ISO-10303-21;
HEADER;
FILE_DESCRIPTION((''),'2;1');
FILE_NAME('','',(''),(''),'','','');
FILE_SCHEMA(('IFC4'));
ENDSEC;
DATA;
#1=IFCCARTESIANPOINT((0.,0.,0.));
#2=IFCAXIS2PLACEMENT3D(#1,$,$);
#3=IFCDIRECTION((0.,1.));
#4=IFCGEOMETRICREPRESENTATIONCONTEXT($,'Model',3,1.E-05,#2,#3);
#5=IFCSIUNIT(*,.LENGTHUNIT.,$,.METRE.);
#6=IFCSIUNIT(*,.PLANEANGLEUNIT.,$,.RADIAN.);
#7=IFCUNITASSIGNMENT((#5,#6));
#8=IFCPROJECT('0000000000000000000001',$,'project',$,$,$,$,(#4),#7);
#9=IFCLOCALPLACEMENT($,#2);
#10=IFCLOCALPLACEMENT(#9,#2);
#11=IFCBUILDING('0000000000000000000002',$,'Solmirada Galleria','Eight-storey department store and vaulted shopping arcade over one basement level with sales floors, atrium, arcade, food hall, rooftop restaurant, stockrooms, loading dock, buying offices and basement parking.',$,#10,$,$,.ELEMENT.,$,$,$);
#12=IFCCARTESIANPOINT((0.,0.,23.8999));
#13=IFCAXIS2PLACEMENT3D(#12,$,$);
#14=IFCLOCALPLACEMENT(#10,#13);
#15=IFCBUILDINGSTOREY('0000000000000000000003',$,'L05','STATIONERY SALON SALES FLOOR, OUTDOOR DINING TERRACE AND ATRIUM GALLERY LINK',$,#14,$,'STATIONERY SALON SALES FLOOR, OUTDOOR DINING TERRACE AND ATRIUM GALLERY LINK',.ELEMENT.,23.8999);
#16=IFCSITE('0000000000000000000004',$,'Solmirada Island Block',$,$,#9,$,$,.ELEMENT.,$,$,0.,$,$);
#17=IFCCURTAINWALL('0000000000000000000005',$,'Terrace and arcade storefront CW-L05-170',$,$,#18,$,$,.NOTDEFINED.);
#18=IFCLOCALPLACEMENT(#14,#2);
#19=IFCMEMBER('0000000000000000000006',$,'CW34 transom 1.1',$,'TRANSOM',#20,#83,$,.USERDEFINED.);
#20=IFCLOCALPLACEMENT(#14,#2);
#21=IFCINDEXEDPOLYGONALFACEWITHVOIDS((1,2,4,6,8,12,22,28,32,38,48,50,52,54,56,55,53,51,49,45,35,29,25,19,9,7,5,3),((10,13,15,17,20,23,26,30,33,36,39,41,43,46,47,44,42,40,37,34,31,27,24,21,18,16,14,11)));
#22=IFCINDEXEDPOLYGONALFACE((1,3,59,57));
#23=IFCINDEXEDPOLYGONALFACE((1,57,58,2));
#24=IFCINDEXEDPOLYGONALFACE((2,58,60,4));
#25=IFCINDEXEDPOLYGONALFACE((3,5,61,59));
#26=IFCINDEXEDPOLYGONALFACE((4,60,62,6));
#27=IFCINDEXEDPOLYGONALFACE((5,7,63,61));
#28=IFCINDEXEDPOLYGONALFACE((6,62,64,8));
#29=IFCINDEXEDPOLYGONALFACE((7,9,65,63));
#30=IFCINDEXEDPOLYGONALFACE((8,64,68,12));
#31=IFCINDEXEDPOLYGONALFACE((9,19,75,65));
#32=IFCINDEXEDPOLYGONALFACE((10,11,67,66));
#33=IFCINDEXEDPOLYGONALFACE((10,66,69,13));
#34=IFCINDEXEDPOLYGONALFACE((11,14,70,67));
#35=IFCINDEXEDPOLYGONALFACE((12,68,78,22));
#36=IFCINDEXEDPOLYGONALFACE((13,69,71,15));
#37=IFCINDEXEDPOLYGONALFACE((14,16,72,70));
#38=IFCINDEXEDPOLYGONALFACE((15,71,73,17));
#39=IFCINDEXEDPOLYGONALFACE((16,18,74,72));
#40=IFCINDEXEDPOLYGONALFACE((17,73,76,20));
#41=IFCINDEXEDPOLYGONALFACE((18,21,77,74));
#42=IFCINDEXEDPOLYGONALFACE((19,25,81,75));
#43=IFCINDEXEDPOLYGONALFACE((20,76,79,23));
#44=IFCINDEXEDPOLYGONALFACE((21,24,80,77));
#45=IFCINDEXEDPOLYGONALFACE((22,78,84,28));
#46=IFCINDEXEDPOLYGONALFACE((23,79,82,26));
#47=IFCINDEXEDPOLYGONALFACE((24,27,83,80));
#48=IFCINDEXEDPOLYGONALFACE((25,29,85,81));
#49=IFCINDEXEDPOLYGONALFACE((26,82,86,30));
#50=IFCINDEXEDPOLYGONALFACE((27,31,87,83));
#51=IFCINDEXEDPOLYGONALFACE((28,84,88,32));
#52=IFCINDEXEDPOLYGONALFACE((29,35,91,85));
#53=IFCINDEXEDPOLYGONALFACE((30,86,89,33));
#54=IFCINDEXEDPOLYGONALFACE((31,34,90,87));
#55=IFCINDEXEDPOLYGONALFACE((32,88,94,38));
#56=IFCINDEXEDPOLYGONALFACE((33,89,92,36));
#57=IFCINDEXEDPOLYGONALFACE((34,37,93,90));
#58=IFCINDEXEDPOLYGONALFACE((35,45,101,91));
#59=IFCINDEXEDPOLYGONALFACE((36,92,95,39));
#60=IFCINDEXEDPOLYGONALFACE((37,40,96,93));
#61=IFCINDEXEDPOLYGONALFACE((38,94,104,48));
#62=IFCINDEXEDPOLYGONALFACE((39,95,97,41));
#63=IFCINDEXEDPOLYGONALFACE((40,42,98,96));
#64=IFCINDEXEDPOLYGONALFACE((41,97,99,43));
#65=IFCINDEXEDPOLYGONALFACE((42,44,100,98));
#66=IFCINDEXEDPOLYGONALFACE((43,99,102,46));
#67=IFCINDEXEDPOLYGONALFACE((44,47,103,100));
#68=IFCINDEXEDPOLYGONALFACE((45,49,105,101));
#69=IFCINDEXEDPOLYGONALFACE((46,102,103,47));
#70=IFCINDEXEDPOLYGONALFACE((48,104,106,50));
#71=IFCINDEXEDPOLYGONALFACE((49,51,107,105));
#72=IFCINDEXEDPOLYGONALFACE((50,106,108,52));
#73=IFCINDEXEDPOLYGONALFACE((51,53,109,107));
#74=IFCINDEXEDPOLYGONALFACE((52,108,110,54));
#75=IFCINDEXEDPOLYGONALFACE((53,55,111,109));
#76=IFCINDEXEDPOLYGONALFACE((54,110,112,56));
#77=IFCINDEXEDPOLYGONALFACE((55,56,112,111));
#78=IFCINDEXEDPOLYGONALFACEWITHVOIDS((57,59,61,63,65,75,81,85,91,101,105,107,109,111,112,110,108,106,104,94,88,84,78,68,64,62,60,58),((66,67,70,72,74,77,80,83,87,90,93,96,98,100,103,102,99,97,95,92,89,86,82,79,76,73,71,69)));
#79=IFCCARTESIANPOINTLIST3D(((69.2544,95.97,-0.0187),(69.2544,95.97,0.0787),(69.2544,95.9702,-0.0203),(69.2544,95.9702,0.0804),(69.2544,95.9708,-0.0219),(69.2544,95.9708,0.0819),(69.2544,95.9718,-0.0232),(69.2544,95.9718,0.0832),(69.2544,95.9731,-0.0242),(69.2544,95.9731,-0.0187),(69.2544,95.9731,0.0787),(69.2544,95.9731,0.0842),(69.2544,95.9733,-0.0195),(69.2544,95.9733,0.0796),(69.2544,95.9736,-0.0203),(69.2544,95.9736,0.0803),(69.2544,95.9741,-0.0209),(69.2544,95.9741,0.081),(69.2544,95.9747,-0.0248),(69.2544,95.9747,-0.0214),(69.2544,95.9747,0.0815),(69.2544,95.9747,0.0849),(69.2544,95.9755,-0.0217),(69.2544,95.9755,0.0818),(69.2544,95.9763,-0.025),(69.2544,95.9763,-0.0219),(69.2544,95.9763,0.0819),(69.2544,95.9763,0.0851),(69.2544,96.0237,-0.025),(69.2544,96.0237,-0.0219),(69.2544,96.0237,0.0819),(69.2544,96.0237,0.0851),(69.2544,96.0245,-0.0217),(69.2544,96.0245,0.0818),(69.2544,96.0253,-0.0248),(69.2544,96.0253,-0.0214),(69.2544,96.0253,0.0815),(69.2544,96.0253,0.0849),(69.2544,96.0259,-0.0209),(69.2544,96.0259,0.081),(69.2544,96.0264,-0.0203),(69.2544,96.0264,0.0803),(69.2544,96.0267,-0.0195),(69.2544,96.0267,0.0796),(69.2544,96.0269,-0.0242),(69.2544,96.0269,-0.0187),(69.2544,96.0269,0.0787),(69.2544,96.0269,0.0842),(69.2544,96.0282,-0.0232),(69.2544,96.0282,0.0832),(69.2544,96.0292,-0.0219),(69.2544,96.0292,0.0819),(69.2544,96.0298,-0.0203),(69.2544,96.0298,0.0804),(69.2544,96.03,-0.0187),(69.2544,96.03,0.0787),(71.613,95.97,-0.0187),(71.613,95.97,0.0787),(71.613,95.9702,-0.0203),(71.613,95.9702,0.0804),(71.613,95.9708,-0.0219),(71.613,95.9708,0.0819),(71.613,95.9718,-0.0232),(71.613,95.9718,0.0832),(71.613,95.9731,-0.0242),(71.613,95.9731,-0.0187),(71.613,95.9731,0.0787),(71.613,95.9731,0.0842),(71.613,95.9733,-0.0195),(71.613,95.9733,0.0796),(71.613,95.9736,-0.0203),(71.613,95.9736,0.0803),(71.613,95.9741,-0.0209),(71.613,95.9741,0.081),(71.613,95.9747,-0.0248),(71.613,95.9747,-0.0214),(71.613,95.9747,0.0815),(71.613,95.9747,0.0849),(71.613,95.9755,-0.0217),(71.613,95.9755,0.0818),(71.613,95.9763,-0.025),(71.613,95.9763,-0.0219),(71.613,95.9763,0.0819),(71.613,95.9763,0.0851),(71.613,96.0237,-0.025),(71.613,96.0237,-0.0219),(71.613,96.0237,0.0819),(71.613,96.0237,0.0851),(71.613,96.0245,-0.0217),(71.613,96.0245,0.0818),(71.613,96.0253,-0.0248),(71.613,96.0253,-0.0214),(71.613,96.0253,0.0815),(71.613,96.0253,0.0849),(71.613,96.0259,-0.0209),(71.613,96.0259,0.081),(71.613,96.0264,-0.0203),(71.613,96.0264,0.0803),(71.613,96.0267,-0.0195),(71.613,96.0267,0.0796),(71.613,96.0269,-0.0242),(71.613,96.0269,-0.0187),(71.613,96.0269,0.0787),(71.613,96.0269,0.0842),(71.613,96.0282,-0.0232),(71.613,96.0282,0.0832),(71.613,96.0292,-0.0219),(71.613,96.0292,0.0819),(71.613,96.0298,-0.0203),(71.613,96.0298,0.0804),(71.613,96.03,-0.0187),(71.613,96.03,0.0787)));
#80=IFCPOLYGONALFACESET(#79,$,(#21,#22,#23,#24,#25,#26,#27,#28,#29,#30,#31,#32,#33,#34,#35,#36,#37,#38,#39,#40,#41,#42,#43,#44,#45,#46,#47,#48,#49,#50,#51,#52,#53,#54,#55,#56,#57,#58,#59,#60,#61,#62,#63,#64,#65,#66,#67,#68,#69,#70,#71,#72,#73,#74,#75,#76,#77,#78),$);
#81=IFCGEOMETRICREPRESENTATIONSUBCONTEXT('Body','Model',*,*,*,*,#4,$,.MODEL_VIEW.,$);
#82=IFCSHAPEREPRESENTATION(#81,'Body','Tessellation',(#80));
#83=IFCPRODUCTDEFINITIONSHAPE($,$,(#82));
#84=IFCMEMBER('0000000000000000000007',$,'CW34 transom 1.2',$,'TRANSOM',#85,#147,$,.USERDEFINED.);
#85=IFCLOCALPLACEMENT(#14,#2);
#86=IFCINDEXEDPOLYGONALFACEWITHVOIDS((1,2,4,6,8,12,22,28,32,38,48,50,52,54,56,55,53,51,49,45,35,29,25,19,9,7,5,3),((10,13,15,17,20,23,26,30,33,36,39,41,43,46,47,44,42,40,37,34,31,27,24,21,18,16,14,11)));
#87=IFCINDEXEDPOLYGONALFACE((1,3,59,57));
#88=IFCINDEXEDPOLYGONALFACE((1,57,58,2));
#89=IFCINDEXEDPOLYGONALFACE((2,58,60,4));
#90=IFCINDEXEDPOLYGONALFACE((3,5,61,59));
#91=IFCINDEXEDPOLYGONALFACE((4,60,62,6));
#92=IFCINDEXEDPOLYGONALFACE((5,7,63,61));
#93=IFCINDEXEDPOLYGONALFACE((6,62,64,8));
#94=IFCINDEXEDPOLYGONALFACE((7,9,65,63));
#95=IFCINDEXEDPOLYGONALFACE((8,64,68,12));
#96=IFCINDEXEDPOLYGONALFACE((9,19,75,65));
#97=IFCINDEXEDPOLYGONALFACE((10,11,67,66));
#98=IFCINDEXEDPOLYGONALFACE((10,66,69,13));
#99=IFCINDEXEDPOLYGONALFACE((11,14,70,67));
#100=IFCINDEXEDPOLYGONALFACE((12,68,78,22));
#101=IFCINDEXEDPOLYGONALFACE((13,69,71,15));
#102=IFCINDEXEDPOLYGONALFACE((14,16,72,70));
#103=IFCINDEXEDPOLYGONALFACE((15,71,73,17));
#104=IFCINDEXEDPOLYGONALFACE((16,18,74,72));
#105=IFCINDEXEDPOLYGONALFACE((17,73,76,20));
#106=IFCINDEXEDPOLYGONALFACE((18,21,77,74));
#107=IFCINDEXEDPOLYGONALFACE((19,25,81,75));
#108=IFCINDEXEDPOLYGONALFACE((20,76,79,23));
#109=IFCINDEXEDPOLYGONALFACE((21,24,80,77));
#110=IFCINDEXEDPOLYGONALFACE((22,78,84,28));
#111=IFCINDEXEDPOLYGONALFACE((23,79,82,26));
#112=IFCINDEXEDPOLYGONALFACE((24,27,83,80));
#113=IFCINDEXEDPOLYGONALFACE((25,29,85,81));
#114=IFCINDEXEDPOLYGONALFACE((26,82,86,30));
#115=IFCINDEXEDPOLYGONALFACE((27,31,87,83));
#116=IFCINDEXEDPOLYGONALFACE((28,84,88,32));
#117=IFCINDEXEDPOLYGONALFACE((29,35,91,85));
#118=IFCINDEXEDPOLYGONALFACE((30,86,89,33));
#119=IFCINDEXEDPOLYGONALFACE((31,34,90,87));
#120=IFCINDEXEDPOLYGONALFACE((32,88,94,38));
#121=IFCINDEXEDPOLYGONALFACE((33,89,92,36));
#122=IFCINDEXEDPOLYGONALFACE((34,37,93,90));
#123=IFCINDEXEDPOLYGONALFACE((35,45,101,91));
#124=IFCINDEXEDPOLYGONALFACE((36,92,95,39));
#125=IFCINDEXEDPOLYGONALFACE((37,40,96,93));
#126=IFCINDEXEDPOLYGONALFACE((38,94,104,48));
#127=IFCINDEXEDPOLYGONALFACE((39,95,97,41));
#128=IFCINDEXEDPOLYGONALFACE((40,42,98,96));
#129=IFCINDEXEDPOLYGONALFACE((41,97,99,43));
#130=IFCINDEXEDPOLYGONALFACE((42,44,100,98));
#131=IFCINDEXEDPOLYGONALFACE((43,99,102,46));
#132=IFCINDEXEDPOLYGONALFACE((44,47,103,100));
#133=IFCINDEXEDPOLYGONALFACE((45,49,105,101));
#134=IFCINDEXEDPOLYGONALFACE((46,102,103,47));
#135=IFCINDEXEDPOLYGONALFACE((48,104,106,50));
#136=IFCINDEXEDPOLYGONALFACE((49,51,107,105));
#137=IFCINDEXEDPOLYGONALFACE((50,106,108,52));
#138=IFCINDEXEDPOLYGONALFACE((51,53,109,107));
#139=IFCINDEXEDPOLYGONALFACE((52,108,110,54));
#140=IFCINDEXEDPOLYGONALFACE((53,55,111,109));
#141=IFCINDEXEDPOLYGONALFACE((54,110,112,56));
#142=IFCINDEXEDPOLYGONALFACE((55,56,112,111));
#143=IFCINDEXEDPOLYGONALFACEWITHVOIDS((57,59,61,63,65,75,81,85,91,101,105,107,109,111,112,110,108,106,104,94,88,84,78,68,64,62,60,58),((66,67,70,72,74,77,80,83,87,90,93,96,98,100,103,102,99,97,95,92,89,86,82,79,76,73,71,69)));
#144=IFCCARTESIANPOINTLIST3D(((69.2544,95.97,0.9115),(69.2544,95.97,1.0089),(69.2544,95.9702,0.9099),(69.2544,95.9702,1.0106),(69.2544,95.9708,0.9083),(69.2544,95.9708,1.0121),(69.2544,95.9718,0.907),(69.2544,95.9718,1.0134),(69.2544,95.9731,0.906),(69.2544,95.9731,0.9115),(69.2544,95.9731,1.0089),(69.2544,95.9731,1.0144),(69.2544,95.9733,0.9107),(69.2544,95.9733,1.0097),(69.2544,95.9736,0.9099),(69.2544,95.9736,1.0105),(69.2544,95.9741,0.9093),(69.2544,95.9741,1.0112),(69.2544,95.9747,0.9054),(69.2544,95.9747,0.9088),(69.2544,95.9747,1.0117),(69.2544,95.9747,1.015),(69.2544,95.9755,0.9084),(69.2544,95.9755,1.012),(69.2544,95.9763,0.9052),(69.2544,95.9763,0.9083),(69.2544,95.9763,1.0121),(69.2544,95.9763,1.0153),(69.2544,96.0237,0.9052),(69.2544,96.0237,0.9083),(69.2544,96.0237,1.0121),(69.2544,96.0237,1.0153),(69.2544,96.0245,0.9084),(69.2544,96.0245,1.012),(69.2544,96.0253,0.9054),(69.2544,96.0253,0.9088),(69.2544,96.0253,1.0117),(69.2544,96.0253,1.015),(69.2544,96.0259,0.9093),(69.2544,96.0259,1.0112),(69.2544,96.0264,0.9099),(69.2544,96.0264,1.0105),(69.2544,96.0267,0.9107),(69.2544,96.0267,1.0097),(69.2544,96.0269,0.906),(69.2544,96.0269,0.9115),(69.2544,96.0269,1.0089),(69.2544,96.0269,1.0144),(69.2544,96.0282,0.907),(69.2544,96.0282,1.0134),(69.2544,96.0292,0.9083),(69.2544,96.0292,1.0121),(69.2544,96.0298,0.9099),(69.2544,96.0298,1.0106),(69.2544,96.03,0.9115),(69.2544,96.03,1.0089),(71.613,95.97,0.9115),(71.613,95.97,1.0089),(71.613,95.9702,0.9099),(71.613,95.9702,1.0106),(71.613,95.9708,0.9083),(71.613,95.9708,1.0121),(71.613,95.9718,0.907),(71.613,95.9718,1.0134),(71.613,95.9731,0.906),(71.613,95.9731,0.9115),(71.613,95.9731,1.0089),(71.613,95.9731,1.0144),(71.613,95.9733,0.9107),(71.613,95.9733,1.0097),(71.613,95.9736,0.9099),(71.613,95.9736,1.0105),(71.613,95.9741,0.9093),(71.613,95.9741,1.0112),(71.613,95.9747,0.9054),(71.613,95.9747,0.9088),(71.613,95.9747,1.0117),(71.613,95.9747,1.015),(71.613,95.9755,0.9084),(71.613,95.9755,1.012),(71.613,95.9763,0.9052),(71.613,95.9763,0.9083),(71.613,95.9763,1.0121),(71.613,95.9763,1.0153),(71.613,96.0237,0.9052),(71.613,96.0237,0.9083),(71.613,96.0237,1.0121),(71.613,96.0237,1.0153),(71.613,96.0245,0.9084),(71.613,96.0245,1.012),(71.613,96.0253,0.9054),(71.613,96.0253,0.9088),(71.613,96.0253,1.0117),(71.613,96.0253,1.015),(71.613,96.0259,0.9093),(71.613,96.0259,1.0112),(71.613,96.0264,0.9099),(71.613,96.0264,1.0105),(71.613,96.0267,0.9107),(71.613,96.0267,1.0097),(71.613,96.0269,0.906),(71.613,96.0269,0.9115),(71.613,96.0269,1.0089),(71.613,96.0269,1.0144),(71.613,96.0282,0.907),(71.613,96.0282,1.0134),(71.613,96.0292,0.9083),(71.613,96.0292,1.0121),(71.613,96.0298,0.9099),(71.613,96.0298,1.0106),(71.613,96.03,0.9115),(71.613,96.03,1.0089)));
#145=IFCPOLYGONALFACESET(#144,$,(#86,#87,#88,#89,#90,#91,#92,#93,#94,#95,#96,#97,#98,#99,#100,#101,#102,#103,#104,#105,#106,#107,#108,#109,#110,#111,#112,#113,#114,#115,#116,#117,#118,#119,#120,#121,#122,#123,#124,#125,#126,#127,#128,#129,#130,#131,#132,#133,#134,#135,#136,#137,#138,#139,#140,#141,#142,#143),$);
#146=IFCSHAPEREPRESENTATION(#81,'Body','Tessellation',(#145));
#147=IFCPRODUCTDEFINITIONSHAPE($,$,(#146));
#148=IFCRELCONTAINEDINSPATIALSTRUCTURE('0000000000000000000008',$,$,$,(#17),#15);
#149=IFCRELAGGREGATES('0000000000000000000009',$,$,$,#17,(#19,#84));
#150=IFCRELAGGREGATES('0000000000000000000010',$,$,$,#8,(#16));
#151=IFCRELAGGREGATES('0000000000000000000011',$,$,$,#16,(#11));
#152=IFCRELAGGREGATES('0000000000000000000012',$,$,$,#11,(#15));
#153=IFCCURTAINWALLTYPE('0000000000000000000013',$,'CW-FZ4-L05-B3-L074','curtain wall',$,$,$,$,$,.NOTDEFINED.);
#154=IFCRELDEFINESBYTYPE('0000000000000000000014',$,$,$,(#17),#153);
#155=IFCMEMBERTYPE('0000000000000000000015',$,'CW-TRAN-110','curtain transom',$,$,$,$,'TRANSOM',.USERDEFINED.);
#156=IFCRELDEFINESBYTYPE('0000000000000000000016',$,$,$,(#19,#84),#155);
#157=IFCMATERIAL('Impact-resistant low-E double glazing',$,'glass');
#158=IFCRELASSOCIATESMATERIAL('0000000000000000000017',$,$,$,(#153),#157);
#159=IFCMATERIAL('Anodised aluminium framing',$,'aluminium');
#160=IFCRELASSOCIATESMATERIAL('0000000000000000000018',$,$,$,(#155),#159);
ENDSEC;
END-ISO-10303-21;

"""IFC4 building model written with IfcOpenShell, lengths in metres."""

from ifc_helpers import new_model, si_unit, direction, frame, origin, origin_2d, place, context, subcontext, project, spatial, hollow_rectangle, extrude, material, material_profile, profile_set, type_object, element, aggregate, save


model = new_model("IFC4")

# Units and contexts
model_context = context("Model", 3, precision=1e-05, world=origin(), true_north=direction((0.0, 1.0)))
body_context = subcontext(model_context, "Body", "Model", "MODEL_VIEW")
ifc_project = project(units=[si_unit("LENGTHUNIT", "METRE"), si_unit("PLANEANGLEUNIT", "RADIAN")], contexts=[model_context])

# Site, building, storey
site_placement = place(None, origin())
site = spatial("IfcSite", under=ifc_project, at=site_placement, Name="Solmirada Island Block", CompositionType="ELEMENT", RefElevation=0.0)
building_placement = place(site_placement, origin())
building = spatial("IfcBuilding", under=site, at=building_placement, Name="Solmirada Galleria", Description="Eight-storey department store and vaulted shopping arcade over one basement level with sales floors, atrium, arcade, food hall, rooftop restaurant, stockrooms, loading dock, buying offices and basement parking.", CompositionType="ELEMENT")
storey_placement = place(building_placement, frame((0.0, 0.0, 23.8999)))
storey = spatial("IfcBuildingStorey", under=building, at=storey_placement, Name="L05", Description="STATIONERY SALON SALES FLOOR, OUTDOOR DINING TERRACE AND ATRIUM GALLERY LINK", LongName="STATIONERY SALON SALES FLOOR, OUTDOOR DINING TERRACE AND ATRIUM GALLERY LINK", CompositionType="ELEMENT", Elevation=23.8999)

# Curtain wall
ifc_material_1 = material(Name="Impact-resistant low-E double glazing", Category="glass")
ifc_material_2 = material(Name="Anodised aluminium framing", Category="aluminium")
curtain_wall_type_1 = type_object("IfcCurtainWallType", Name="CW-FZ4-L05-B3-L074", Description="curtain wall", PredefinedType="NOTDEFINED", material=ifc_material_1)
curtain_wall_1_placement = place(storey_placement, origin())
curtain_wall_1 = element("IfcCurtainWall", 1, at=curtain_wall_1_placement, inside=storey, type_object=curtain_wall_type_1, Name="Terrace and arcade storefront CW-L05-170", PredefinedType="NOTDEFINED")

# Members
ifc_material_profile_1 = material_profile(ifc_material_2, hollow_rectangle(XDim=0.0601, YDim=0.1101, WallThickness=0.0032, InnerFilletRadius=0.0032, OuterFilletRadius=0.0063, at=origin_2d()), Name="ALU-TRAN-110X60")
ifc_profile_set_1 = profile_set([ifc_material_profile_1], Name="Anodised aluminium framing")
member_type_1 = type_object("IfcMemberType", Name="CW-TRAN-110", Description="curtain transom", ElementType="TRANSOM", PredefinedType="USERDEFINED", material=ifc_profile_set_1)
member_1_placement = place(storey_placement, frame((71.613, 96.0, 0.03), z_axis=(-1.0, 0.0, 0.0), x_axis=(0.0, -1.0, 0.0)))
member_1 = element("IfcMember", 2, at=member_1_placement, type_object=member_type_1, Name="CW34 transom 1.1", ObjectType="TRANSOM", PredefinedType="USERDEFINED", context=body_context, shape_type="SweptSolid", body=[
    extrude(hollow_rectangle(XDim=0.0601, YDim=0.1101, WallThickness=0.0032, InnerFilletRadius=0.0032, OuterFilletRadius=0.0063, at=origin_2d()), origin(), (0.0, 0.0, 1.0), 2.3586),
])
member_2_placement = place(storey_placement, frame((71.613, 96.0, 0.9602), z_axis=(-1.0, 0.0, 0.0), x_axis=(0.0, -1.0, 0.0)))
member_2 = element("IfcMember", 3, at=member_2_placement, type_object=member_type_1, Name="CW34 transom 1.2", ObjectType="TRANSOM", PredefinedType="USERDEFINED", context=body_context, shape_type="SweptSolid", body=[
    extrude(hollow_rectangle(XDim=0.0601, YDim=0.1101, WallThickness=0.0032, InnerFilletRadius=0.0032, OuterFilletRadius=0.0063, at=origin_2d()), origin(), (0.0, 0.0, 1.0), 2.3586),
])
aggregate(curtain_wall_1, [member_1, member_2])

save(model, "model.ifc")
